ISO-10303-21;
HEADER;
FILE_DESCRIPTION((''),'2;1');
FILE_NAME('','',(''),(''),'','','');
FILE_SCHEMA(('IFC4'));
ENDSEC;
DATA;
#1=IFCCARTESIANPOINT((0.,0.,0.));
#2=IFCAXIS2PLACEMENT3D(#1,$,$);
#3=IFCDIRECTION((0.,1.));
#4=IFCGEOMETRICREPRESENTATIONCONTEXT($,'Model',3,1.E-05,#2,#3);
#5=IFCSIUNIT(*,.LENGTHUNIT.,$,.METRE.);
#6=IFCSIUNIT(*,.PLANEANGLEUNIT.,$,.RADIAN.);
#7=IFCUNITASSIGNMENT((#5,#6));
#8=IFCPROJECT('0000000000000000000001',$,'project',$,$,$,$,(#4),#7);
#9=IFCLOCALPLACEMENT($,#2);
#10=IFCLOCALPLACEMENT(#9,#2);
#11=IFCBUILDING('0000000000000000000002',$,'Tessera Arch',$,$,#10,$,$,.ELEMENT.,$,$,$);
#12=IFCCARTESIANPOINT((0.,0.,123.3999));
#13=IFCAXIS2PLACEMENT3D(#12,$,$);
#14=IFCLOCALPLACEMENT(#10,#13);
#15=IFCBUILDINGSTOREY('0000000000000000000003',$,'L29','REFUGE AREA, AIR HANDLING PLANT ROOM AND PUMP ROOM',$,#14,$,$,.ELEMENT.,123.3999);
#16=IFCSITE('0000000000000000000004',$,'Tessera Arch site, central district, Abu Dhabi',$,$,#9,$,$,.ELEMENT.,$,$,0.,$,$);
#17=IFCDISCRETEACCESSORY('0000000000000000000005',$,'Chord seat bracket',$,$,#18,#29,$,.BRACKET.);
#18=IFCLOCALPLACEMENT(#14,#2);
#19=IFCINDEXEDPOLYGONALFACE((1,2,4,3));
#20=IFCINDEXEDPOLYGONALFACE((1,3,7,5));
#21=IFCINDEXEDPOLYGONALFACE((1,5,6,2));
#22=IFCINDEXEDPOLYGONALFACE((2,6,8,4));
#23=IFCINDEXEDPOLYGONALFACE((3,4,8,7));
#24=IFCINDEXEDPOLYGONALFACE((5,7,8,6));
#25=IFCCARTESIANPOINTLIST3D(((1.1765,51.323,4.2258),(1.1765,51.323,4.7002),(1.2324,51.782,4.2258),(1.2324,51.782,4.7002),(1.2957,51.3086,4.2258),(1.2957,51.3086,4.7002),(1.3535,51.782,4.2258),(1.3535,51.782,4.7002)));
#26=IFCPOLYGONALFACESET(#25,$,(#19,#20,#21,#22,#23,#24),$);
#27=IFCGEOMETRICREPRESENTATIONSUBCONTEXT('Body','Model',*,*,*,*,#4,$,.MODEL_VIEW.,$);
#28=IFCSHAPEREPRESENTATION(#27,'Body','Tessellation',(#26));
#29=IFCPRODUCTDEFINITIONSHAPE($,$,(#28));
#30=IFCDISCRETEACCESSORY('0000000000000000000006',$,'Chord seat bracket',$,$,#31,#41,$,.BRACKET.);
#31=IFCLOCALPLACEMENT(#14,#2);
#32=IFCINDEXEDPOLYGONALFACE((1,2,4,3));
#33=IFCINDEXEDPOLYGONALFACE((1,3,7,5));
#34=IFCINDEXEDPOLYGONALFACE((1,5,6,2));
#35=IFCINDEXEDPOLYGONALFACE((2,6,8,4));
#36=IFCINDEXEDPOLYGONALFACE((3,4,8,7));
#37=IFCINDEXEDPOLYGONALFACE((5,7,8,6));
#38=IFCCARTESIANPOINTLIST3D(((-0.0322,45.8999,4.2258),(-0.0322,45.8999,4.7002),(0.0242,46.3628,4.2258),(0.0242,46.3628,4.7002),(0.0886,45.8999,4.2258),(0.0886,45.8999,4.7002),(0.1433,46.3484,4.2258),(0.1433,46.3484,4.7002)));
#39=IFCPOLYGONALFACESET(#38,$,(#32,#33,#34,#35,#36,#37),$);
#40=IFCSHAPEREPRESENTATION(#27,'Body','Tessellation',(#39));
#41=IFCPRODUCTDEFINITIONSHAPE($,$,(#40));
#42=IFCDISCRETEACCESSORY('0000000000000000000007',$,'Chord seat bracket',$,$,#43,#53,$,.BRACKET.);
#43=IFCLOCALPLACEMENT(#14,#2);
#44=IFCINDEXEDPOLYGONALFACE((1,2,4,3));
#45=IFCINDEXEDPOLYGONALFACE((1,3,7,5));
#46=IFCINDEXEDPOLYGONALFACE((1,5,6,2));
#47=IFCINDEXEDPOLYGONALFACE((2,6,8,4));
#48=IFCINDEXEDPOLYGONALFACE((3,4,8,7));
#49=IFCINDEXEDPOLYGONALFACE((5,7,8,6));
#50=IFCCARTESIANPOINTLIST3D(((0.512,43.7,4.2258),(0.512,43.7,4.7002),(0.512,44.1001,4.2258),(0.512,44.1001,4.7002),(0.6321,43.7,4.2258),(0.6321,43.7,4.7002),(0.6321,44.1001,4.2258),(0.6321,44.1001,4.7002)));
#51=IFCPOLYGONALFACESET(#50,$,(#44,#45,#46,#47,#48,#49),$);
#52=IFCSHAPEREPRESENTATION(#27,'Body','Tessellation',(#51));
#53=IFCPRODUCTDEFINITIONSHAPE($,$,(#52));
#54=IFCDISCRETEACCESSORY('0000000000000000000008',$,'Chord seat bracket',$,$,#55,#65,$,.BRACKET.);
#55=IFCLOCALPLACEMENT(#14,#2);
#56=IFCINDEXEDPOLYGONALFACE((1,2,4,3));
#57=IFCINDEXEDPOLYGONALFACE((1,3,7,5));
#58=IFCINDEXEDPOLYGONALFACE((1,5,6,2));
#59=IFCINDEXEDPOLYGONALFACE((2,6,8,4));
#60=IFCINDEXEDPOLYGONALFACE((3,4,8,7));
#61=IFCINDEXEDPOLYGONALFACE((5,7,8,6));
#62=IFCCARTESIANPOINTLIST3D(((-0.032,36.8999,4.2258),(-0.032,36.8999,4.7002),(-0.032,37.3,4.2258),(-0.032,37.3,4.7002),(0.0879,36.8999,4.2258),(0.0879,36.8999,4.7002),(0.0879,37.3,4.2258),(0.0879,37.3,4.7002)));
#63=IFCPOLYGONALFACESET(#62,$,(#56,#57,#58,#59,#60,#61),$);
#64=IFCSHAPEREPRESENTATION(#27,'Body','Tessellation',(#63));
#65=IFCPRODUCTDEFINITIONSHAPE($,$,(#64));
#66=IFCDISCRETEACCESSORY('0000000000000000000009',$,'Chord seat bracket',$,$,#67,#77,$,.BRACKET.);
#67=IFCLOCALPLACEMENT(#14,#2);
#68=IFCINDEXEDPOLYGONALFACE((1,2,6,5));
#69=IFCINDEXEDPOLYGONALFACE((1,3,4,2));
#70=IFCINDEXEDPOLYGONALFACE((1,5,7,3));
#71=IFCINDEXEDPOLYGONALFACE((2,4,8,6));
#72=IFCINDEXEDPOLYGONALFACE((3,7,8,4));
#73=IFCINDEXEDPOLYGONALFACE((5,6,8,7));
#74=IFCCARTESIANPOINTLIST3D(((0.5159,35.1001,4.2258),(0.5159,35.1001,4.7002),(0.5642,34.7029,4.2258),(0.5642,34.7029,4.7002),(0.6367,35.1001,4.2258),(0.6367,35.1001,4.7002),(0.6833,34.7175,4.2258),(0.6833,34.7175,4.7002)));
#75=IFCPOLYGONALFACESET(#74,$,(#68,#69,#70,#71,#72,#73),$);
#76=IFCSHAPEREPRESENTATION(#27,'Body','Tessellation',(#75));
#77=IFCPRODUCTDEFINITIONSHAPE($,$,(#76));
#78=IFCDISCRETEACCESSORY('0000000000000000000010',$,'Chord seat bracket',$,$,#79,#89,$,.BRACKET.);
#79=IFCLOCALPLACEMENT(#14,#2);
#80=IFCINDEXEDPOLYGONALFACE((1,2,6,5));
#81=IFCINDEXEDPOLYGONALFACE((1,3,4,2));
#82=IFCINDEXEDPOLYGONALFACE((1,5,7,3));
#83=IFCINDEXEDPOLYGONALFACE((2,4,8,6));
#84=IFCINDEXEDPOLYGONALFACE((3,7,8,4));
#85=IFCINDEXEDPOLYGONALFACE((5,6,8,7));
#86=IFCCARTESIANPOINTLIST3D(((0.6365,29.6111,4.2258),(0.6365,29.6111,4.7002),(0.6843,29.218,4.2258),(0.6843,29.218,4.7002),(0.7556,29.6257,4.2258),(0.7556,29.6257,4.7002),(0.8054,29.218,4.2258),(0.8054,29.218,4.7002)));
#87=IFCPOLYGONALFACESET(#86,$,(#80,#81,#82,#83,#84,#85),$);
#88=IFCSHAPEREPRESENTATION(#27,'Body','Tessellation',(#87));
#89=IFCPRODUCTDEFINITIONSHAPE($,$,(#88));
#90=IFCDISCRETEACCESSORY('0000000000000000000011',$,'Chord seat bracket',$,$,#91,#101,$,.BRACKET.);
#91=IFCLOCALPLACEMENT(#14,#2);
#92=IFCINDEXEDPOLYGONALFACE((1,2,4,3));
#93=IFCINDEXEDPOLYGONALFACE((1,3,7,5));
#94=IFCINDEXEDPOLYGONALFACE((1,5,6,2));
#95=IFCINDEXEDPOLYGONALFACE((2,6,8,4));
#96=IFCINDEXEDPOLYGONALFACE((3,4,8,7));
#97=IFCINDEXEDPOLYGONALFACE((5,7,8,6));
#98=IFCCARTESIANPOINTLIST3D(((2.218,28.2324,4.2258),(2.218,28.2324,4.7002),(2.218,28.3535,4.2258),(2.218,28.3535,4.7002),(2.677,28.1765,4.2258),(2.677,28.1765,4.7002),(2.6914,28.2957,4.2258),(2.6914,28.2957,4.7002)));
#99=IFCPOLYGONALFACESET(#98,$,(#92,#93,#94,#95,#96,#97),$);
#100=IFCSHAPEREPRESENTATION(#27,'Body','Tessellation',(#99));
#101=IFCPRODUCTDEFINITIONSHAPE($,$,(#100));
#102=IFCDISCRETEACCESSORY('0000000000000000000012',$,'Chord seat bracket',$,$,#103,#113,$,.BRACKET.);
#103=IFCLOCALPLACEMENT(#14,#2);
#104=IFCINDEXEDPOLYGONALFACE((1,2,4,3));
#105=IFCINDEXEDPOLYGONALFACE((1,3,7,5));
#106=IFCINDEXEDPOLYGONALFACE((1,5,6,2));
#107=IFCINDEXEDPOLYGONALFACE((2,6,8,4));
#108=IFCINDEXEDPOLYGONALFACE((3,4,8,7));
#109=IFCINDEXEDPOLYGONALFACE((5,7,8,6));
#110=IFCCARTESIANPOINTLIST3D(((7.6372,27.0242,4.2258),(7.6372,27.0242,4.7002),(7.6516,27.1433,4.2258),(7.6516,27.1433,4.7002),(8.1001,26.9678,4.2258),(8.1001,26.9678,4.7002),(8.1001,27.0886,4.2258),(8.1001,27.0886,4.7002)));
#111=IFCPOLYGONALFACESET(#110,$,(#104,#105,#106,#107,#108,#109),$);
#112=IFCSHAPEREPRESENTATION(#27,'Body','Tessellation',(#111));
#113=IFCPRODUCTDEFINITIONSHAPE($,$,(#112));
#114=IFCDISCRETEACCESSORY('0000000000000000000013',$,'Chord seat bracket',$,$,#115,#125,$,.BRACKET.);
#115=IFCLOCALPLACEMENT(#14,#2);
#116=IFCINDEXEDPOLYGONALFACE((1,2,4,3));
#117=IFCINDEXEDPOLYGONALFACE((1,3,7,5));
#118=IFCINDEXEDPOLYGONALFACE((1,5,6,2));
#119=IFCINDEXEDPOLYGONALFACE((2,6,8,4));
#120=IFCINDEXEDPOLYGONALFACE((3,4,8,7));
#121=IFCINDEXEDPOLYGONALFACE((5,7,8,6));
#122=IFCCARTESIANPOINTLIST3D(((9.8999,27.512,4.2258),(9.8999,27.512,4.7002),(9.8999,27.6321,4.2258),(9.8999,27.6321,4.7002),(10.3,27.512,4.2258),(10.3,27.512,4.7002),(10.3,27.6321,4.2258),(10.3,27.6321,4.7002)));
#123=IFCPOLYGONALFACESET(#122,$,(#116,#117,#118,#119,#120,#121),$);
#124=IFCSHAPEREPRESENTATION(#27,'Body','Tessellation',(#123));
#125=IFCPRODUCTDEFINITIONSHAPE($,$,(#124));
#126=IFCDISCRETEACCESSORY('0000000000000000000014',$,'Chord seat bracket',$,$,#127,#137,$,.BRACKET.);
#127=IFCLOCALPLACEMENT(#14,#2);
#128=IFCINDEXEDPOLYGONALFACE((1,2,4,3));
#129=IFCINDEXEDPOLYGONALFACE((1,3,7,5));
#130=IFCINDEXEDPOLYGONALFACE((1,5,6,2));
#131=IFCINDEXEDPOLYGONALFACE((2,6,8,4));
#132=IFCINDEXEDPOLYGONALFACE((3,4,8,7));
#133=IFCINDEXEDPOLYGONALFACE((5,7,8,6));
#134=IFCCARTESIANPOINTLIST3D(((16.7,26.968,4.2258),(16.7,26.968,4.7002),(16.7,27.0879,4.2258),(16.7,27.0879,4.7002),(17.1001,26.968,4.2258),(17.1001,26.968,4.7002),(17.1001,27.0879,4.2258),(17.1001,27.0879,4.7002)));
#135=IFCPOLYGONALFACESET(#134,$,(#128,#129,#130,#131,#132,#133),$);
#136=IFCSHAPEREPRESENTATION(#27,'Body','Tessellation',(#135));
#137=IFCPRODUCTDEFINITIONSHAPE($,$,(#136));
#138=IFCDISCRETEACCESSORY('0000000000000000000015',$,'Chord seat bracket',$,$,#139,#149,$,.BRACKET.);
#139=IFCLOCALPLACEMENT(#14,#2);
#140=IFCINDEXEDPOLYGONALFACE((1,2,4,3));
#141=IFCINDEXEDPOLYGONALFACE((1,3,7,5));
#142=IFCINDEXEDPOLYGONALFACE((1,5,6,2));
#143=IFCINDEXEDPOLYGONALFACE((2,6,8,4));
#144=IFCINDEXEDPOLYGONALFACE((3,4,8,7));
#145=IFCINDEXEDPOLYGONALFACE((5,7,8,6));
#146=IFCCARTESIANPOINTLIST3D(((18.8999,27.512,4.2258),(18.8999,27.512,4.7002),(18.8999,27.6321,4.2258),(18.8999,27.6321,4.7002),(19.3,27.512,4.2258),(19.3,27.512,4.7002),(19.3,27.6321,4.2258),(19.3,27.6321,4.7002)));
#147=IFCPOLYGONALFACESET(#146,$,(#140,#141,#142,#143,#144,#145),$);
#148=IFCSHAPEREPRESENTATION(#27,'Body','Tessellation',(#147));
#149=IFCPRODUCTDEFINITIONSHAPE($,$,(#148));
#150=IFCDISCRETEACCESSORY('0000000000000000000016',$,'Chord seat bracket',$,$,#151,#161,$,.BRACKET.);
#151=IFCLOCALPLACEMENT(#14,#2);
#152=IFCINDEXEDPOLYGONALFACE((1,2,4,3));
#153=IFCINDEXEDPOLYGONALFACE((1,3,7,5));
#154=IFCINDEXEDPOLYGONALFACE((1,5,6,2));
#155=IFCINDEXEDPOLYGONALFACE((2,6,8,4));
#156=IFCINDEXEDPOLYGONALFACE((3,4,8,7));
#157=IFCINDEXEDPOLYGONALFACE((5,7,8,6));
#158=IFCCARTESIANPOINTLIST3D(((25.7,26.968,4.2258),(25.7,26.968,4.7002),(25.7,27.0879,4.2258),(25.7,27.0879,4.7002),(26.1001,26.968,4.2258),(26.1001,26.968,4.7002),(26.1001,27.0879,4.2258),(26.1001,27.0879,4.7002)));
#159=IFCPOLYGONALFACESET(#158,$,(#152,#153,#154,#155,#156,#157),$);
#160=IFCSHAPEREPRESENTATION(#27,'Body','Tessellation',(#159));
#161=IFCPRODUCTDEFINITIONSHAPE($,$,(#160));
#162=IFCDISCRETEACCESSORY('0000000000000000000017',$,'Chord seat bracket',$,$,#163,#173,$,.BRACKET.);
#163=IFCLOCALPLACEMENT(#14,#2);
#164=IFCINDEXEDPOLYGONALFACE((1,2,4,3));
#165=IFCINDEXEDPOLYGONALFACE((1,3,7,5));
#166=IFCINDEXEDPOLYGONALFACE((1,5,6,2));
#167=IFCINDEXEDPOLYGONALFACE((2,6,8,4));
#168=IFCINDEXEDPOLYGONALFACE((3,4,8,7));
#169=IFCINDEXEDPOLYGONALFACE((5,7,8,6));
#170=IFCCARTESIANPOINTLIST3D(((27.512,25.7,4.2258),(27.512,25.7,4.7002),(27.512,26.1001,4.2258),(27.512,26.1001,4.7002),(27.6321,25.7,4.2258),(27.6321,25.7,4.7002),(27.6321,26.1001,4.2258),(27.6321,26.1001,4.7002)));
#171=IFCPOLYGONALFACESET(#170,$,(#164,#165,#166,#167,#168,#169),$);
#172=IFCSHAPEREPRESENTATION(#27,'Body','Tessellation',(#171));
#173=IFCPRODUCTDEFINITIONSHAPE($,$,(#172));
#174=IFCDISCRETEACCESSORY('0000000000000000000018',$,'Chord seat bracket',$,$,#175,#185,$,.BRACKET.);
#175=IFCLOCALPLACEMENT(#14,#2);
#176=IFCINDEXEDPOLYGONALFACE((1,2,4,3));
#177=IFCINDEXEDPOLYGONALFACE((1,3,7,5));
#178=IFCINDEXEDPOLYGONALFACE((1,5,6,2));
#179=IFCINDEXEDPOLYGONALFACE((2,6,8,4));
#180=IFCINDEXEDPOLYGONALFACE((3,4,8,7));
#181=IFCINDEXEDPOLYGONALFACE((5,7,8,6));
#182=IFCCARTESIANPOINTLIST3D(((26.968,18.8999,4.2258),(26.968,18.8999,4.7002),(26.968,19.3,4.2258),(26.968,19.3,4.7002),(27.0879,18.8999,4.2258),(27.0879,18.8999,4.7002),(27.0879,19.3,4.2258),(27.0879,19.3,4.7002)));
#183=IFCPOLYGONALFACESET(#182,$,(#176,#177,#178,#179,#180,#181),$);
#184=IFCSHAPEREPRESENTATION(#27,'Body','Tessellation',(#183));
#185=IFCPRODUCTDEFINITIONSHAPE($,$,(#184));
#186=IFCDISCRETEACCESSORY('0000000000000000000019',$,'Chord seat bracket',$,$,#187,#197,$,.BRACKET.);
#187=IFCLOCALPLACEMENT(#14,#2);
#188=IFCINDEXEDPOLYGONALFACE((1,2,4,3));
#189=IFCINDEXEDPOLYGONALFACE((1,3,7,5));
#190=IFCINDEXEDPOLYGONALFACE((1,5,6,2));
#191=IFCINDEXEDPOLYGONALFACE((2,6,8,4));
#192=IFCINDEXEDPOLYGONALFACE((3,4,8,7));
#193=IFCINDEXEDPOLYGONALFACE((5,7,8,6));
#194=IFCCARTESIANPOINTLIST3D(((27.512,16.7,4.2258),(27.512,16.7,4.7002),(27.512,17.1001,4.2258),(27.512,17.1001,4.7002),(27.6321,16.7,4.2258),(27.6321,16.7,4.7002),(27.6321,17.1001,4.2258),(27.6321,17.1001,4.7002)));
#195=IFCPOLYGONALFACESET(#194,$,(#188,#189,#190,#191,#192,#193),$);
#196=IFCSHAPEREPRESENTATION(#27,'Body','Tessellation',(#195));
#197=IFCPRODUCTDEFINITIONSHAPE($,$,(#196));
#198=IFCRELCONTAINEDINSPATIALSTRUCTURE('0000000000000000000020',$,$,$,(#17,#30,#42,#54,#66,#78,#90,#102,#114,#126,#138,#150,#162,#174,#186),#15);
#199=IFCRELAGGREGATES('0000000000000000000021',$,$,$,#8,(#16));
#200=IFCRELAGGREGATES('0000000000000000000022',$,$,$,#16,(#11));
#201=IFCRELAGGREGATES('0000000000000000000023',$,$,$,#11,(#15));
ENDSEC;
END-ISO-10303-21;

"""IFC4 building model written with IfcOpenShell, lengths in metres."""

from ifc_helpers import new_model, si_unit, direction, frame, origin, place, context, subcontext, project, spatial, polyline, outline, extrude, element, save


model = new_model("IFC4")

# Units and contexts
model_context = context("Model", 3, precision=1e-05, world=origin(), true_north=direction((0.0, 1.0)))
body_context = subcontext(model_context, "Body", "Model", "MODEL_VIEW")
ifc_project = project(units=[si_unit("LENGTHUNIT", "METRE"), si_unit("PLANEANGLEUNIT", "RADIAN")], contexts=[model_context])

# Site, building, storey
site_placement = place(None, origin())
site = spatial("IfcSite", under=ifc_project, at=site_placement, Name="Tessera Arch site, central district, Abu Dhabi", CompositionType="ELEMENT", RefElevation=0.0)
building_placement = place(site_placement, origin())
building = spatial("IfcBuilding", under=site, at=building_placement, Name="Tessera Arch", CompositionType="ELEMENT")
storey_placement = place(building_placement, frame((0.0, 0.0, 123.3999)))
storey = spatial("IfcBuildingStorey", under=building, at=storey_placement, Name="L29", Description="REFUGE AREA, AIR HANDLING PLANT ROOM AND PUMP ROOM", CompositionType="ELEMENT", Elevation=123.3999)

# Discrete accessories
discrete_accessory_1_placement = place(storey_placement, frame((0.0, 0.0, 4.2258)))
element("IfcDiscreteAccessory", 1, at=discrete_accessory_1_placement, inside=storey, Name="Chord seat bracket", PredefinedType="BRACKET", context=body_context, shape_type="SweptSolid", body=[
    extrude(outline(polyline([(1.1765, 51.323), (1.2324, 51.782), (1.3535, 51.782), (1.2957, 51.3086), (1.1765, 51.323)])), origin(), (0.0, 0.0, 1.0), 0.4744),
])
discrete_accessory_2_placement = place(storey_placement, frame((0.0, 0.0, 4.2258)))
element("IfcDiscreteAccessory", 2, at=discrete_accessory_2_placement, inside=storey, Name="Chord seat bracket", PredefinedType="BRACKET", context=body_context, shape_type="SweptSolid", body=[
    extrude(outline(polyline([(0.1433, 46.3484), (0.0886, 45.8999), (-0.0322, 45.8999), (0.0242, 46.3628), (0.1433, 46.3484)])), origin(), (0.0, 0.0, 1.0), 0.4744),
])
discrete_accessory_3_placement = place(storey_placement, frame((0.0, 0.0, 4.2258)))
element("IfcDiscreteAccessory", 3, at=discrete_accessory_3_placement, inside=storey, Name="Chord seat bracket", PredefinedType="BRACKET", context=body_context, shape_type="SweptSolid", body=[
    extrude(outline(polyline([(0.512, 43.7), (0.512, 44.1001), (0.6321, 44.1001), (0.6321, 43.7), (0.512, 43.7)])), origin(), (0.0, 0.0, 1.0), 0.4744),
])
discrete_accessory_4_placement = place(storey_placement, frame((0.0, 0.0, 4.2258)))
element("IfcDiscreteAccessory", 4, at=discrete_accessory_4_placement, inside=storey, Name="Chord seat bracket", PredefinedType="BRACKET", context=body_context, shape_type="SweptSolid", body=[
    extrude(outline(polyline([(0.0879, 36.8999), (-0.032, 36.8999), (-0.032, 37.3), (0.0879, 37.3), (0.0879, 36.8999)])), origin(), (0.0, 0.0, 1.0), 0.4744),
])
discrete_accessory_5_placement = place(storey_placement, frame((0.0, 0.0, 4.2258)))
element("IfcDiscreteAccessory", 5, at=discrete_accessory_5_placement, inside=storey, Name="Chord seat bracket", PredefinedType="BRACKET", context=body_context, shape_type="SweptSolid", body=[
    extrude(outline(polyline([(0.5159, 35.1001), (0.6367, 35.1001), (0.6833, 34.7175), (0.5642, 34.7029), (0.5159, 35.1001)])), origin(), (0.0, 0.0, 1.0), 0.4744),
])
discrete_accessory_6_placement = place(storey_placement, frame((0.0, 0.0, 4.2258)))
element("IfcDiscreteAccessory", 6, at=discrete_accessory_6_placement, inside=storey, Name="Chord seat bracket", PredefinedType="BRACKET", context=body_context, shape_type="SweptSolid", body=[
    extrude(outline(polyline([(0.6843, 29.218), (0.6365, 29.6111), (0.7556, 29.6257), (0.8054, 29.218), (0.6843, 29.218)])), origin(), (0.0, 0.0, 1.0), 0.4744),
])
discrete_accessory_7_placement = place(storey_placement, frame((0.0, 0.0, 4.2258)))
element("IfcDiscreteAccessory", 7, at=discrete_accessory_7_placement, inside=storey, Name="Chord seat bracket", PredefinedType="BRACKET", context=body_context, shape_type="SweptSolid", body=[
    extrude(outline(polyline([(2.218, 28.3535), (2.6914, 28.2957), (2.677, 28.1765), (2.218, 28.2324), (2.218, 28.3535)])), origin(), (0.0, 0.0, 1.0), 0.4744),
])
discrete_accessory_8_placement = place(storey_placement, frame((0.0, 0.0, 4.2258)))
element("IfcDiscreteAccessory", 8, at=discrete_accessory_8_placement, inside=storey, Name="Chord seat bracket", PredefinedType="BRACKET", context=body_context, shape_type="SweptSolid", body=[
    extrude(outline(polyline([(7.6516, 27.1433), (8.1001, 27.0886), (8.1001, 26.9678), (7.6372, 27.0242), (7.6516, 27.1433)])), origin(), (0.0, 0.0, 1.0), 0.4744),
])
discrete_accessory_9_placement = place(storey_placement, frame((0.0, 0.0, 4.2258)))
element("IfcDiscreteAccessory", 9, at=discrete_accessory_9_placement, inside=storey, Name="Chord seat bracket", PredefinedType="BRACKET", context=body_context, shape_type="SweptSolid", body=[
    extrude(outline(polyline([(10.3, 27.512), (9.8999, 27.512), (9.8999, 27.6321), (10.3, 27.6321), (10.3, 27.512)])), origin(), (0.0, 0.0, 1.0), 0.4744),
])
discrete_accessory_10_placement = place(storey_placement, frame((0.0, 0.0, 4.2258)))
element("IfcDiscreteAccessory", 10, at=discrete_accessory_10_placement, inside=storey, Name="Chord seat bracket", PredefinedType="BRACKET", context=body_context, shape_type="SweptSolid", body=[
    extrude(outline(polyline([(16.7, 27.0879), (17.1001, 27.0879), (17.1001, 26.968), (16.7, 26.968), (16.7, 27.0879)])), origin(), (0.0, 0.0, 1.0), 0.4744),
])
discrete_accessory_11_placement = place(storey_placement, frame((0.0, 0.0, 4.2258)))
element("IfcDiscreteAccessory", 11, at=discrete_accessory_11_placement, inside=storey, Name="Chord seat bracket", PredefinedType="BRACKET", context=body_context, shape_type="SweptSolid", body=[
    extrude(outline(polyline([(19.3, 27.512), (18.8999, 27.512), (18.8999, 27.6321), (19.3, 27.6321), (19.3, 27.512)])), origin(), (0.0, 0.0, 1.0), 0.4744),
])
discrete_accessory_12_placement = place(storey_placement, frame((0.0, 0.0, 4.2258)))
element("IfcDiscreteAccessory", 12, at=discrete_accessory_12_placement, inside=storey, Name="Chord seat bracket", PredefinedType="BRACKET", context=body_context, shape_type="SweptSolid", body=[
    extrude(outline(polyline([(25.7, 27.0879), (26.1001, 27.0879), (26.1001, 26.968), (25.7, 26.968), (25.7, 27.0879)])), origin(), (0.0, 0.0, 1.0), 0.4744),
])
discrete_accessory_13_placement = place(storey_placement, frame((0.0, 0.0, 4.2258)))
element("IfcDiscreteAccessory", 13, at=discrete_accessory_13_placement, inside=storey, Name="Chord seat bracket", PredefinedType="BRACKET", context=body_context, shape_type="SweptSolid", body=[
    extrude(outline(polyline([(27.512, 25.7), (27.512, 26.1001), (27.6321, 26.1001), (27.6321, 25.7), (27.512, 25.7)])), origin(), (0.0, 0.0, 1.0), 0.4744),
])
discrete_accessory_14_placement = place(storey_placement, frame((0.0, 0.0, 4.2258)))
element("IfcDiscreteAccessory", 14, at=discrete_accessory_14_placement, inside=storey, Name="Chord seat bracket", PredefinedType="BRACKET", context=body_context, shape_type="SweptSolid", body=[
    extrude(outline(polyline([(27.0879, 19.3), (27.0879, 18.8999), (26.968, 18.8999), (26.968, 19.3), (27.0879, 19.3)])), origin(), (0.0, 0.0, 1.0), 0.4744),
])
discrete_accessory_15_placement = place(storey_placement, frame((0.0, 0.0, 4.2258)))
element("IfcDiscreteAccessory", 15, at=discrete_accessory_15_placement, inside=storey, Name="Chord seat bracket", PredefinedType="BRACKET", context=body_context, shape_type="SweptSolid", body=[
    extrude(outline(polyline([(27.512, 16.7), (27.512, 17.1001), (27.6321, 17.1001), (27.6321, 16.7), (27.512, 16.7)])), origin(), (0.0, 0.0, 1.0), 0.4744),
])

save(model, "model.ifc")
